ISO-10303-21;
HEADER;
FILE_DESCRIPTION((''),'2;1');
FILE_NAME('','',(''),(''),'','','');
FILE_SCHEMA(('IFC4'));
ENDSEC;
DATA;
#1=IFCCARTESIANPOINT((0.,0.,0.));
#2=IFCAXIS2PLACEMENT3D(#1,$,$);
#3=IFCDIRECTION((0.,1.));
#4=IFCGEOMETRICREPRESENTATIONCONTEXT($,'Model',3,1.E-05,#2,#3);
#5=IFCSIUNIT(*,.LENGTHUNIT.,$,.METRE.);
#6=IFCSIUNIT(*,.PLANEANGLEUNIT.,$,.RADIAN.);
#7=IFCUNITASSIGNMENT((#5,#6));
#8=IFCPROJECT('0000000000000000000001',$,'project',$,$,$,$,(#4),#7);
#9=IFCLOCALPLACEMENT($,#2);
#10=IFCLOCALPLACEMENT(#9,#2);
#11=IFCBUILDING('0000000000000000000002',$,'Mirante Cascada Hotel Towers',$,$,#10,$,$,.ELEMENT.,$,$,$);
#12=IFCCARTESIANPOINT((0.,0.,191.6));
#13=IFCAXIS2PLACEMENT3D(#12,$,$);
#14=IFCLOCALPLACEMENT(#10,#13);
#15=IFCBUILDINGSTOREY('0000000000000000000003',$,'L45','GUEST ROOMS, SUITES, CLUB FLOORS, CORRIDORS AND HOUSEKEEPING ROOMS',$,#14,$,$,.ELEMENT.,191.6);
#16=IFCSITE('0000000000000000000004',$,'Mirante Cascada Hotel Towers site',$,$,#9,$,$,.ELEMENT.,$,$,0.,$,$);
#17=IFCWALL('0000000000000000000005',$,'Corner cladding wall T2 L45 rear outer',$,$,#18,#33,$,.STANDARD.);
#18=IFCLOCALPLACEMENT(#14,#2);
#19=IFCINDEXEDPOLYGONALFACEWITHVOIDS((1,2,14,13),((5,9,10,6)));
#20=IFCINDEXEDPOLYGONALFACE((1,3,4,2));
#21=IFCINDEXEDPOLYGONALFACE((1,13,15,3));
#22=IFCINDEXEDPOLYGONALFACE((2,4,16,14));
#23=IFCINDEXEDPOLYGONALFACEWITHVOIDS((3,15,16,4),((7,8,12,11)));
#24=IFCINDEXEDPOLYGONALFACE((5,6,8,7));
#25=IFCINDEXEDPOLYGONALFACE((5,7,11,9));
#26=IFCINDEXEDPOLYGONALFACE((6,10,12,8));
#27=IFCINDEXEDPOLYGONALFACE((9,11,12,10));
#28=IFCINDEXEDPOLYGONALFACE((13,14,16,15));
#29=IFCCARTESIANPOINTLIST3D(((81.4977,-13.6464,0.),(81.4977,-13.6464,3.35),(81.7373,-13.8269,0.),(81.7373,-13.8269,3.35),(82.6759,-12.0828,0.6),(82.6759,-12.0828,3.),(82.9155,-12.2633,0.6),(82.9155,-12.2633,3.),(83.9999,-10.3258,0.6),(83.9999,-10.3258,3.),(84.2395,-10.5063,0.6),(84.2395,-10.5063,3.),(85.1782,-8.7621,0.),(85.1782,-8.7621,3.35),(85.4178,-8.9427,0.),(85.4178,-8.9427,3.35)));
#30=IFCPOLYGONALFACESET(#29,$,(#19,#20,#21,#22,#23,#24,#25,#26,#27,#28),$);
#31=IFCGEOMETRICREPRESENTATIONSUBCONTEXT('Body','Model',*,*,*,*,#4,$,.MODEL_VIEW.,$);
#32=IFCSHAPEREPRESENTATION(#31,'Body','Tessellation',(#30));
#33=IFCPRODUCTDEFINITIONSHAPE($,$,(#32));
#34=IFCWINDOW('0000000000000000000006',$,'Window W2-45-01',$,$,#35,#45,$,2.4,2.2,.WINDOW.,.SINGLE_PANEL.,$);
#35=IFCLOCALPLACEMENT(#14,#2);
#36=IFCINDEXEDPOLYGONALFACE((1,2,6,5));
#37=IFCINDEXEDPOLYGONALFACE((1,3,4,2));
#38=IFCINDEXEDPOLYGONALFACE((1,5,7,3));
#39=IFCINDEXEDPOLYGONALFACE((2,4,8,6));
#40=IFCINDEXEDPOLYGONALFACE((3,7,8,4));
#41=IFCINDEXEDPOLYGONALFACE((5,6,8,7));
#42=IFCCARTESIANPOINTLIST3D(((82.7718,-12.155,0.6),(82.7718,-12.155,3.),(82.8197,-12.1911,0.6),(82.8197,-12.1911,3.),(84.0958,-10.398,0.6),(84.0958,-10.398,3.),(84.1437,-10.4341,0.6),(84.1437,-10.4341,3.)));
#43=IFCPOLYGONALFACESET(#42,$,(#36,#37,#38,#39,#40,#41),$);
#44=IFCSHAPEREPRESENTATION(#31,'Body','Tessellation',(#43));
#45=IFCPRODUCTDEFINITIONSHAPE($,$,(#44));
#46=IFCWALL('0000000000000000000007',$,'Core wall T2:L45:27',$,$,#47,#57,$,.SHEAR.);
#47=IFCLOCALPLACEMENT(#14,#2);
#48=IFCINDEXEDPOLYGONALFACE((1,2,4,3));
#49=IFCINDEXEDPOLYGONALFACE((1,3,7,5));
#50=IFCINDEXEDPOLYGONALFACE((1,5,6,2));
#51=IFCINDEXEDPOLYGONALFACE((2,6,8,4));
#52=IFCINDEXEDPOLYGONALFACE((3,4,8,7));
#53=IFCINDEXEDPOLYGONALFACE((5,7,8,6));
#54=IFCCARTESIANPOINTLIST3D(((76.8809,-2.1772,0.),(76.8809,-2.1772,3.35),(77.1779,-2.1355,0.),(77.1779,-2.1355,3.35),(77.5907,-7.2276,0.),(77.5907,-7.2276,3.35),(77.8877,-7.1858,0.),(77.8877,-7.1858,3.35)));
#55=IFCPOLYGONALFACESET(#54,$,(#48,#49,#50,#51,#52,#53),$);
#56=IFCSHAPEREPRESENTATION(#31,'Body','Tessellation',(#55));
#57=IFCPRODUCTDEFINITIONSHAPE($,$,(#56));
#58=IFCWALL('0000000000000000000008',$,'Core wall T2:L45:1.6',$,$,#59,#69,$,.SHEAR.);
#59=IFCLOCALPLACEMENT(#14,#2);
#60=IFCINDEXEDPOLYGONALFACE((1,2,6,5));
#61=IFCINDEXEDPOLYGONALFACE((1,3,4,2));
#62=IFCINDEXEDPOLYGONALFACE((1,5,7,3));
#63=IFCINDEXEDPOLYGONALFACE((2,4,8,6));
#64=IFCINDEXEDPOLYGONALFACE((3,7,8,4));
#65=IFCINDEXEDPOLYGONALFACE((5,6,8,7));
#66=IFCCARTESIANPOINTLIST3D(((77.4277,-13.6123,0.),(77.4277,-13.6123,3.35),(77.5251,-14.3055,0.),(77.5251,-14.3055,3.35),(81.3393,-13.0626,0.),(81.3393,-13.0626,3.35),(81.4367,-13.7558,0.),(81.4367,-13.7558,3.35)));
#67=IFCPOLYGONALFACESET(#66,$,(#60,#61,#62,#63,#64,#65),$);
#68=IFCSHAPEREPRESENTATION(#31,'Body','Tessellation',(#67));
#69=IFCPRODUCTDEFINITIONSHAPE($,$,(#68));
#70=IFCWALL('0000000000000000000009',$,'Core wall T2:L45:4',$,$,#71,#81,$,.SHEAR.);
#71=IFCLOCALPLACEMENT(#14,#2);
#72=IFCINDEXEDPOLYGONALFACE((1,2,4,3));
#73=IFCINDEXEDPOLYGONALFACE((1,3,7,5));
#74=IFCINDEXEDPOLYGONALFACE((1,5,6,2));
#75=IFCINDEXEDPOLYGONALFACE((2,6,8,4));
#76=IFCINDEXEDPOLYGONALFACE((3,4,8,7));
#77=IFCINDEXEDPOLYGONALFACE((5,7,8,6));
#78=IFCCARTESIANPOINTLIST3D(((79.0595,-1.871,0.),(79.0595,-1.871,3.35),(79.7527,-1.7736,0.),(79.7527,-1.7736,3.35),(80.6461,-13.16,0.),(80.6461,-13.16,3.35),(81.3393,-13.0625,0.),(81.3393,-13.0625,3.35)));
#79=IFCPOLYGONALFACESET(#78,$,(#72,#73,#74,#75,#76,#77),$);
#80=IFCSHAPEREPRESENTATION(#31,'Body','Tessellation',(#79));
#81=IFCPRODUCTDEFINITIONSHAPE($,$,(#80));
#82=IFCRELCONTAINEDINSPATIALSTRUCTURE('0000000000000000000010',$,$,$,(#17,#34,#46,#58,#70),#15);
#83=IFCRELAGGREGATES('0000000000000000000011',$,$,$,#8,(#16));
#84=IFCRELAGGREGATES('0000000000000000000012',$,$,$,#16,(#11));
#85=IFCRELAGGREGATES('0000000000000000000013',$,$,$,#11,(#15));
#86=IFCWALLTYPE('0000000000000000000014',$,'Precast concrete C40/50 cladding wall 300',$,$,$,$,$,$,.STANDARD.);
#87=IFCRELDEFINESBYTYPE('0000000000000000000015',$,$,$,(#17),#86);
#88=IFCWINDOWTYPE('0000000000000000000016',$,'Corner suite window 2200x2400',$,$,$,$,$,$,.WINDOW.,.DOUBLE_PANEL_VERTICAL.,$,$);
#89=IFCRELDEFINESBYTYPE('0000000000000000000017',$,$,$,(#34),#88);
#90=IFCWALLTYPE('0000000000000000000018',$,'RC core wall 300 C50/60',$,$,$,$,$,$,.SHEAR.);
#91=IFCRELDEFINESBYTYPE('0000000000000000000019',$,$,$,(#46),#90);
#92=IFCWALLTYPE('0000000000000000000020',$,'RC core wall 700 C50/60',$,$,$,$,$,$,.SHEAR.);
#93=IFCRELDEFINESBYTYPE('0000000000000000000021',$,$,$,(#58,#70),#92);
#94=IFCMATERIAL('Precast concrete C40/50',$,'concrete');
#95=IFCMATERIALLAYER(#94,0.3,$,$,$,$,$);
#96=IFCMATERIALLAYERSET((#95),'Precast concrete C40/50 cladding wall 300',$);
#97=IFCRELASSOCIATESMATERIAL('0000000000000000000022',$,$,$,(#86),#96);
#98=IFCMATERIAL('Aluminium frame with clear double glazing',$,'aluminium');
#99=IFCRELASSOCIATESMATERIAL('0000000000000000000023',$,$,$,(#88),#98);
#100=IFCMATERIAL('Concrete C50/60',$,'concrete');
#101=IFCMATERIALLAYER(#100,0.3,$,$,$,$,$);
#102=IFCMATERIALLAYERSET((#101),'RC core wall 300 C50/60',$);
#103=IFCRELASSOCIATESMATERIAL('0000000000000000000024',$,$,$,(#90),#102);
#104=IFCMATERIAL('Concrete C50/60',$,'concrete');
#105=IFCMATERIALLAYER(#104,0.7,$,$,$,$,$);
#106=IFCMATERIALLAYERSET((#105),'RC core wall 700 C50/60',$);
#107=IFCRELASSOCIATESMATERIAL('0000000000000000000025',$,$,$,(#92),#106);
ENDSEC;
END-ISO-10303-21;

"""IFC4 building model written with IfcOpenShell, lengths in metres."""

from ifc_helpers import new_model, si_unit, direction, frame, frame_2d, origin, place, context, subcontext, project, spatial, rectangle, extrude, material, layer, layer_set, type_object, element, fill, save


model = new_model("IFC4")

# Units and contexts
model_context = context("Model", 3, precision=1e-05, world=origin(), true_north=direction((0.0, 1.0)))
body_context = subcontext(model_context, "Body", "Model", "MODEL_VIEW")
ifc_project = project(units=[si_unit("LENGTHUNIT", "METRE"), si_unit("PLANEANGLEUNIT", "RADIAN")], contexts=[model_context])

# Site, building, storey
site_placement = place(None, origin())
site = spatial("IfcSite", under=ifc_project, at=site_placement, Name="Mirante Cascada Hotel Towers site", CompositionType="ELEMENT", RefElevation=0.0)
building_placement = place(site_placement, origin())
building = spatial("IfcBuilding", under=site, at=building_placement, Name="Mirante Cascada Hotel Towers", CompositionType="ELEMENT")
storey_placement = place(building_placement, frame((0.0, 0.0, 191.6)))
storey = spatial("IfcBuildingStorey", under=building, at=storey_placement, Name="L45", Description="GUEST ROOMS, SUITES, CLUB FLOORS, CORRIDORS AND HOUSEKEEPING ROOMS", CompositionType="ELEMENT", Elevation=191.6)

# Wall, opening, window
ifc_material_1 = material(Name="Precast concrete C40/50", Category="concrete")
ifc_layer_1 = layer(ifc_material_1, 0.3)
ifc_layer_set_1 = layer_set([ifc_layer_1], Name="Precast concrete C40/50 cladding wall 300")
wall_type_1 = type_object("IfcWallType", Name="Precast concrete C40/50 cladding wall 300", PredefinedType="STANDARD", material=ifc_layer_set_1)
wall_1_placement = place(storey_placement, frame((81.6175, -13.7366, 0.0), z_axis=(0.0, 0.0, 1.0), x_axis=(0.601814, 0.798636, 0.0)))
wall_1 = element("IfcWall", 1, at=wall_1_placement, inside=storey, type_object=wall_type_1, Name="Corner cladding wall T2 L45 rear outer", PredefinedType="STANDARD", context=body_context, shape_type="SweptSolid", body=[
    extrude(rectangle(XDim=6.1157, YDim=0.3, at=frame_2d((3.0578, 0.0))), origin(), (0.0, 0.0, 1.0), 3.35),
])
opening_1_placement = place(wall_1_placement, frame((1.9578, 0.0, 0.6)))
opening_1 = element("IfcOpeningElement", 2, at=opening_1_placement, cuts=wall_1, PredefinedType="OPENING", context=body_context, shape_type="SweptSolid", body=[
    extrude(rectangle(XDim=2.2, YDim=2.4, at=frame_2d((1.1, 1.2))), frame((0.0, 0.15, 0.0), z_axis=(0.0, -1.0, 0.0), x_axis=(1.0, 0.0, 0.0)), (0.0, 0.0, 1.0), 0.3),
])
ifc_material_2 = material(Name="Aluminium frame with clear double glazing", Category="aluminium")
window_type = type_object("IfcWindowType", Name="Corner suite window 2200x2400", PartitioningType="DOUBLE_PANEL_VERTICAL", PredefinedType="WINDOW", material=ifc_material_2)
window_placement = place(opening_1_placement, origin())
window = element("IfcWindow", 3, at=window_placement, inside=storey, type_object=window_type, Name="Window W2-45-01", OverallHeight=2.4, OverallWidth=2.2, PartitioningType="SINGLE_PANEL", PredefinedType="WINDOW", context=body_context, shape_type="SweptSolid", body=[
    extrude(rectangle(XDim=2.2, YDim=2.4, at=frame_2d((1.1, 1.2))), frame((0.0, 0.03, 0.0), z_axis=(0.0, -1.0, 0.0), x_axis=(1.0, 0.0, 0.0)), (0.0, 0.0, 1.0), 0.06),
])
fill(opening_1, window)

# Walls
ifc_material_3 = material(Name="Concrete C50/60", Category="concrete")
ifc_layer_2 = layer(ifc_material_3, 0.3)
ifc_layer_set_2 = layer_set([ifc_layer_2], Name="RC core wall 300 C50/60")
wall_type_2 = type_object("IfcWallType", Name="RC core wall 300 C50/60", PredefinedType="SHEAR", material=ifc_layer_set_2)
wall_2_placement = place(storey_placement, frame((77.7392, -7.2067, 0.0), z_axis=(0.0, 0.0, 1.0), x_axis=(-0.139176, 0.990268, 0.0)))
element("IfcWall", 4, at=wall_2_placement, inside=storey, type_object=wall_type_2, Name="Core wall T2:L45:27", PredefinedType="SHEAR", context=body_context, shape_type="SweptSolid", body=[
    extrude(rectangle(XDim=5.1, YDim=0.3, at=frame_2d((2.55, 0.0))), origin(), (0.0, 0.0, 1.0), 3.35),
])
ifc_material_4 = material(Name="Concrete C50/60", Category="concrete")
ifc_layer_3 = layer(ifc_material_4, 0.7)
ifc_layer_set_3 = layer_set([ifc_layer_3], Name="RC core wall 700 C50/60")
wall_type_3 = type_object("IfcWallType", Name="RC core wall 700 C50/60", PredefinedType="SHEAR", material=ifc_layer_set_3)
wall_3_placement = place(storey_placement, frame((77.4764, -13.9589, 0.0), z_axis=(0.0, 0.0, 1.0), x_axis=(0.990269, 0.139163, 0.0)))
element("IfcWall", 5, at=wall_3_placement, inside=storey, type_object=wall_type_3, Name="Core wall T2:L45:1.6", PredefinedType="SHEAR", context=body_context, shape_type="SweptSolid", body=[
    extrude(rectangle(XDim=3.95, YDim=0.7, at=frame_2d((1.975, 0.0))), origin(), (0.0, 0.0, 1.0), 3.35),
])
wall_4_placement = place(storey_placement, frame((80.9927, -13.1113, 0.0), z_axis=(0.0, 0.0, 1.0), x_axis=(-0.139176, 0.990268, 0.0)))
element("IfcWall", 6, at=wall_4_placement, inside=storey, type_object=wall_type_3, Name="Core wall T2:L45:4", PredefinedType="SHEAR", context=body_context, shape_type="SweptSolid", body=[
    extrude(rectangle(XDim=11.3999, YDim=0.7, at=frame_2d((5.7, 0.0))), origin(), (0.0, 0.0, 1.0), 3.35),
])

save(model, "model.ifc")
